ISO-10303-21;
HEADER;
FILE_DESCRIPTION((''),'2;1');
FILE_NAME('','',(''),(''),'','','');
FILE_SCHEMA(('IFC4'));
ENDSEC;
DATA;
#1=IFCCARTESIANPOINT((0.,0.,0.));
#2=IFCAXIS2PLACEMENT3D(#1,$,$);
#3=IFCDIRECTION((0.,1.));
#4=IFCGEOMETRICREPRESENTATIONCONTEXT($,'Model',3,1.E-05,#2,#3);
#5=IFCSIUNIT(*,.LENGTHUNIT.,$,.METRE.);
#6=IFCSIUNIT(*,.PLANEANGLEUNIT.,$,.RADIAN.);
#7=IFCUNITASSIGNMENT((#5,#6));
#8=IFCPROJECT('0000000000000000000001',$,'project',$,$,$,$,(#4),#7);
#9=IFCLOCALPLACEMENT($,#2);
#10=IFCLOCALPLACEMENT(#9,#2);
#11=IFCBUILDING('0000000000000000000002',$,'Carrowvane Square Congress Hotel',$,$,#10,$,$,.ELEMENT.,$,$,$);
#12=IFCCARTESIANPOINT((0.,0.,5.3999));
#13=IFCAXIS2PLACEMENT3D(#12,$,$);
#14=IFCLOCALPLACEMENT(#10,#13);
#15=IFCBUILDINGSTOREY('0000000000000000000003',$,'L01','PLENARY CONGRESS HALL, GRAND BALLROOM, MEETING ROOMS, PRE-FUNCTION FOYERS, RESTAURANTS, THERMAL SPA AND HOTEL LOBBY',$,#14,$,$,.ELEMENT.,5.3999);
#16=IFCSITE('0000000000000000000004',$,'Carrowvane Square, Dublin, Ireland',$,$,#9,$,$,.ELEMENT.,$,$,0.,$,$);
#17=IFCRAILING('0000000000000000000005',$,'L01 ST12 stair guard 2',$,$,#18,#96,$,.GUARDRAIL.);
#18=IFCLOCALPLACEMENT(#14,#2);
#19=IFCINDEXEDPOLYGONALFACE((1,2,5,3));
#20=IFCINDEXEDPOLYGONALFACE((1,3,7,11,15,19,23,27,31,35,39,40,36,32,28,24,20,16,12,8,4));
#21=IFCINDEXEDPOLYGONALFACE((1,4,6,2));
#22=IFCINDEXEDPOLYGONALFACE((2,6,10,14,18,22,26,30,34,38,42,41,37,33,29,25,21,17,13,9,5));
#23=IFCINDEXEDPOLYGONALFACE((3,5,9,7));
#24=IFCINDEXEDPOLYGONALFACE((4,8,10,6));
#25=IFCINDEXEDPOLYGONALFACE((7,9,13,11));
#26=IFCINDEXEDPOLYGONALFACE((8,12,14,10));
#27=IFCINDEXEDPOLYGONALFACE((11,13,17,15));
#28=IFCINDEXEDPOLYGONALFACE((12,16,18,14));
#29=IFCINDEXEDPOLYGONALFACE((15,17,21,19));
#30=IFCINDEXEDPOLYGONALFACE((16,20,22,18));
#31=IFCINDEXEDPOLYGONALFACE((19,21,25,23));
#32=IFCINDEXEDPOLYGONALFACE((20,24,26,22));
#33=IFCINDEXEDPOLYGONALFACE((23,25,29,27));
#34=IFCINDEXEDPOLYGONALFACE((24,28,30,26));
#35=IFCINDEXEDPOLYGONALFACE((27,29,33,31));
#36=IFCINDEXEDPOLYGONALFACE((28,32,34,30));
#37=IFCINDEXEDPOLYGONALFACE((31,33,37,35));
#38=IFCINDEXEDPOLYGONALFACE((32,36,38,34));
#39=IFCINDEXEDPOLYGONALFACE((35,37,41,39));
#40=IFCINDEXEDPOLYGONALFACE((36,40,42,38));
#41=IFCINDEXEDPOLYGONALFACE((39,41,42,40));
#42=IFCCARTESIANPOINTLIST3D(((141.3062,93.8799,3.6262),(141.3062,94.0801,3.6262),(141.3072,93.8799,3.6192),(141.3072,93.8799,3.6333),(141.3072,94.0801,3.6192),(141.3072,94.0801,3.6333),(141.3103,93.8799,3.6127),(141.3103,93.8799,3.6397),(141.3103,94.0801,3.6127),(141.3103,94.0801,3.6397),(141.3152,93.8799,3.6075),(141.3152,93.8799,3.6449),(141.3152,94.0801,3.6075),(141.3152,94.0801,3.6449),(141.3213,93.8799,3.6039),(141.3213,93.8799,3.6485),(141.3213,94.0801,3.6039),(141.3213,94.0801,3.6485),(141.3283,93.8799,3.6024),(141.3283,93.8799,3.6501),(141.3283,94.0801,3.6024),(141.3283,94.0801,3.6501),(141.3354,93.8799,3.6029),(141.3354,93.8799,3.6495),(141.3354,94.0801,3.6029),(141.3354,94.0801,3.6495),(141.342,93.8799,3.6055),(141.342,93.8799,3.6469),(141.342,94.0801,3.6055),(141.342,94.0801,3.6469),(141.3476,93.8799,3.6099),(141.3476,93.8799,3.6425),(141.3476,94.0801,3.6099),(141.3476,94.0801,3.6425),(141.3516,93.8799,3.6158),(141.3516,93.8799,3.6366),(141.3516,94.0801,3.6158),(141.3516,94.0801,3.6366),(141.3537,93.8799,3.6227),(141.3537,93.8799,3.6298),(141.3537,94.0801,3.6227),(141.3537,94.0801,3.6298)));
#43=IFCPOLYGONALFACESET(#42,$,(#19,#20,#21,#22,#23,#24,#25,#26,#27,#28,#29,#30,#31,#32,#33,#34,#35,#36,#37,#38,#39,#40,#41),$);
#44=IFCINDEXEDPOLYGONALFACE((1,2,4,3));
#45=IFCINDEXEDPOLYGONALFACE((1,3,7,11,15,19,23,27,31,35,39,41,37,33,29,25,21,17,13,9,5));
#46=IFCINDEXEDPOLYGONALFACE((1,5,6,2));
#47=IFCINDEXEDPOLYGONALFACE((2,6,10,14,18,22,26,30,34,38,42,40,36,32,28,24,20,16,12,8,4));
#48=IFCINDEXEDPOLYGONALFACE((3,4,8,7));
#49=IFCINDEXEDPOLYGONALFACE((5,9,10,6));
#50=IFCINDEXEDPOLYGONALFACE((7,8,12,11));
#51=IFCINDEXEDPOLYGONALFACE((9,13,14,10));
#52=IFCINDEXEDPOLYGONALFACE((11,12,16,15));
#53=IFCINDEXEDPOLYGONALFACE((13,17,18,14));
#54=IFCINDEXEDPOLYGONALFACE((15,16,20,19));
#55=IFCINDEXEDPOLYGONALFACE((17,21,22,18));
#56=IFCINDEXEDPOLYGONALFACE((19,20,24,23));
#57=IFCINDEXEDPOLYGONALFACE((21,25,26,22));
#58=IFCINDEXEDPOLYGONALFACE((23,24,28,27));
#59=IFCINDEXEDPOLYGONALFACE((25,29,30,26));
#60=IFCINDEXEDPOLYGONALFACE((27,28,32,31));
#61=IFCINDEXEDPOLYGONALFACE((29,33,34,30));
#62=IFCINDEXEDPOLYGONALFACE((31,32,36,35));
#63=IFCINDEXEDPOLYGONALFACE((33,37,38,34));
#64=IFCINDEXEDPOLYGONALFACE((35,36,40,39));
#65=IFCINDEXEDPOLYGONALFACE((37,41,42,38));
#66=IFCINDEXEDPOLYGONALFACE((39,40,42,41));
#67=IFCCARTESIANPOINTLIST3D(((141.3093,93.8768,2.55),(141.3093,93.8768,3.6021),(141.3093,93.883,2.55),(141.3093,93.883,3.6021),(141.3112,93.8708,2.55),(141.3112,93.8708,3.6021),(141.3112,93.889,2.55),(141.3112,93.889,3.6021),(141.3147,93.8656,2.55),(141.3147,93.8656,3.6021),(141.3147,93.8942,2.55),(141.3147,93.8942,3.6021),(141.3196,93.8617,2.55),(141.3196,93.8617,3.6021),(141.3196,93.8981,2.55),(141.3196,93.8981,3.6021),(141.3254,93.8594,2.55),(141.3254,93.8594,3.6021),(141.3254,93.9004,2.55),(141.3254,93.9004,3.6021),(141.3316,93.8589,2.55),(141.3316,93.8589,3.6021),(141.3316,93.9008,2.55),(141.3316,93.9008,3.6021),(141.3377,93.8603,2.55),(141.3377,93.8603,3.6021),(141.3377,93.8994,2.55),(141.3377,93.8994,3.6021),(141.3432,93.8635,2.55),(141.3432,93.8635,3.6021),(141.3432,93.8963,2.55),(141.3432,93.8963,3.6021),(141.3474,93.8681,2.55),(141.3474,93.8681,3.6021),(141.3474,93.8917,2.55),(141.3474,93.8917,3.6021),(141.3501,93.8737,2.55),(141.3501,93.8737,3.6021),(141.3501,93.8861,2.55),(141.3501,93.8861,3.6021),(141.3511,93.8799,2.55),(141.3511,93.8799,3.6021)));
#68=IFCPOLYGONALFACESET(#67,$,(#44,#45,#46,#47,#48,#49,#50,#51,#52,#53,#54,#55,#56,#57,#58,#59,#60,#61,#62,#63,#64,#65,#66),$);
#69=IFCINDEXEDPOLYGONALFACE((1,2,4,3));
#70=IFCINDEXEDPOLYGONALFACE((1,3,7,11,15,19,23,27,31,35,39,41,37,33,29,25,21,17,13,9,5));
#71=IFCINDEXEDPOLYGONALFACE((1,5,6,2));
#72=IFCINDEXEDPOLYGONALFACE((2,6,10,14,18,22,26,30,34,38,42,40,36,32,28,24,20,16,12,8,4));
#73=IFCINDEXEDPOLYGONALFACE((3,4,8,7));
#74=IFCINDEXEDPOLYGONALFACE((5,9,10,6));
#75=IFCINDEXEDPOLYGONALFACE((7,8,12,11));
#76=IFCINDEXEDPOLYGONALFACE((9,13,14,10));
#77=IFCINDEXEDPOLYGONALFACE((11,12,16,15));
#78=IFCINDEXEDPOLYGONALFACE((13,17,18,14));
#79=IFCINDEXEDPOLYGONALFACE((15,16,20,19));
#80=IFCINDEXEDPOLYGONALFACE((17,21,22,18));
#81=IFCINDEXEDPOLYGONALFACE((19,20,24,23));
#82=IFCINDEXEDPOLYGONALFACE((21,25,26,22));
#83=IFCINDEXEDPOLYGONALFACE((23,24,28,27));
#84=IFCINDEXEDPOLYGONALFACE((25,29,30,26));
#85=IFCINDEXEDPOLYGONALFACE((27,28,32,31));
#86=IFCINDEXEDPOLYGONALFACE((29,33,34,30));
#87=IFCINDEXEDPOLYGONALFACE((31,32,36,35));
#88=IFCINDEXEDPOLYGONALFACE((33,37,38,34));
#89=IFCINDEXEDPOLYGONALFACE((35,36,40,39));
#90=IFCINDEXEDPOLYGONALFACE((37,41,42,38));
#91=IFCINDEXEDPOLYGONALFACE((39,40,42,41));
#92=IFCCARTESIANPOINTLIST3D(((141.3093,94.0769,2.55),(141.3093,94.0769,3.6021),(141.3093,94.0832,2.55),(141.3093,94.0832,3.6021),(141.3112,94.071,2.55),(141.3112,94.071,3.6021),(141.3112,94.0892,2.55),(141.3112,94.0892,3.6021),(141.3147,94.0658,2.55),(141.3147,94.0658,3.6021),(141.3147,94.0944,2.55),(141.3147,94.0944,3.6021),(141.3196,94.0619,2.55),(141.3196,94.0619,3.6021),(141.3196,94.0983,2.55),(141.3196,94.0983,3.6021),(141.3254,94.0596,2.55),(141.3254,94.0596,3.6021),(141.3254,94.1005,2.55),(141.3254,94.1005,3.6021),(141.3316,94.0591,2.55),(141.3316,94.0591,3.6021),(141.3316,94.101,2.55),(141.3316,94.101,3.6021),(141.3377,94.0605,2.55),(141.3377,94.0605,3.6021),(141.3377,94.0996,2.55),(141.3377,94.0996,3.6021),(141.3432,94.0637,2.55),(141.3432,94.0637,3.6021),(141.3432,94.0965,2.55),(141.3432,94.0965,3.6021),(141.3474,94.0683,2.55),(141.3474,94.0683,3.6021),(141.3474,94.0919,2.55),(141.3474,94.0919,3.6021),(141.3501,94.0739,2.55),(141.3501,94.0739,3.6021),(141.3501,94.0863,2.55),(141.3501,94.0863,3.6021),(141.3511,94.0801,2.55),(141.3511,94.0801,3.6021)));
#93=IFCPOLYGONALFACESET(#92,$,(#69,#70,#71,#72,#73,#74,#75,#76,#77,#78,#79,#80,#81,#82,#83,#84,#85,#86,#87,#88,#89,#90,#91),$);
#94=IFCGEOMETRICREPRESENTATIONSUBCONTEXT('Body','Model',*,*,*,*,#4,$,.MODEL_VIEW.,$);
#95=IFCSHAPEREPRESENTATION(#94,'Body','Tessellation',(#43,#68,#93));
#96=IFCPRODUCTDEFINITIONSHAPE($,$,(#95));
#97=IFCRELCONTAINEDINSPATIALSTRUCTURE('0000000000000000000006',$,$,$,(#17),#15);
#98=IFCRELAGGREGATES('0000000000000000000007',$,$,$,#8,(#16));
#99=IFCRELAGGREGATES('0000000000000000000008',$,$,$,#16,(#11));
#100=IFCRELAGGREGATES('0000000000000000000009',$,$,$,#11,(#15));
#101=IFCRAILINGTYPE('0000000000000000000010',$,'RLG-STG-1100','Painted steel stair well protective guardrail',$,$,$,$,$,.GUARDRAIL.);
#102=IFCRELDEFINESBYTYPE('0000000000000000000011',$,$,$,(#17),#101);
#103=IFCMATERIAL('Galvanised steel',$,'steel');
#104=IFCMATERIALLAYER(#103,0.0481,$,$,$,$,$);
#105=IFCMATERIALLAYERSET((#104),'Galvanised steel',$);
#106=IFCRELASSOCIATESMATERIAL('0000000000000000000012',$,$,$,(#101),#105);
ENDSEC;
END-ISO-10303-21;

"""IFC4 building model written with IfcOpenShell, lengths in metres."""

from ifc_helpers import new_model, si_unit, direction, frame, origin, origin_2d, place, context, subcontext, project, spatial, circle, extrude, material, layer, layer_set, type_object, element, save


model = new_model("IFC4")

# Units and contexts
model_context = context("Model", 3, precision=1e-05, world=origin(), true_north=direction((0.0, 1.0)))
body_context = subcontext(model_context, "Body", "Model", "MODEL_VIEW")
ifc_project = project(units=[si_unit("LENGTHUNIT", "METRE"), si_unit("PLANEANGLEUNIT", "RADIAN")], contexts=[model_context])

# Site, building, storey
site_placement = place(None, origin())
site = spatial("IfcSite", under=ifc_project, at=site_placement, Name="Carrowvane Square, Dublin, Ireland", CompositionType="ELEMENT", RefElevation=0.0)
building_placement = place(site_placement, origin())
building = spatial("IfcBuilding", under=site, at=building_placement, Name="Carrowvane Square Congress Hotel", CompositionType="ELEMENT")
storey_placement = place(building_placement, frame((0.0, 0.0, 5.3999)))
storey = spatial("IfcBuildingStorey", under=building, at=storey_placement, Name="L01", Description="PLENARY CONGRESS HALL, GRAND BALLROOM, MEETING ROOMS, PRE-FUNCTION FOYERS, RESTAURANTS, THERMAL SPA AND HOTEL LOBBY", CompositionType="ELEMENT", Elevation=5.3999)

# Railing
ifc_material_1 = material(Name="Galvanised steel", Category="steel")
ifc_layer_1 = layer(ifc_material_1, 0.0481)
ifc_layer_set_1 = layer_set([ifc_layer_1], Name="Galvanised steel")
railing_type_1 = type_object("IfcRailingType", Name="RLG-STG-1100", Description="Painted steel stair well protective guardrail", PredefinedType="GUARDRAIL", material=ifc_layer_set_1)
railing_1_placement = place(storey_placement, frame((141.3301, 93.8799, 2.55)))
element("IfcRailing", 1, at=railing_1_placement, inside=storey, type_object=railing_type_1, Name="L01 ST12 stair guard 2", PredefinedType="GUARDRAIL", context=body_context, shape_type="SweptSolid", body=[
    extrude(circle(Radius=0.0239, at=origin_2d()), frame((0.0, 0.0, 1.0762), z_axis=(0.0, 1.0, 0.0), x_axis=(-1.0, 0.0, 0.0)), (0.0, 0.0, 1.0), 0.2002),
    extrude(circle(Radius=0.021, at=origin_2d()), origin(), (0.0, 0.0, 1.0), 1.052),
    extrude(circle(Radius=0.021, at=origin_2d()), frame((0.0, 0.2002, 0.0)), (0.0, 0.0, 1.0), 1.052),
])

save(model, "model.ifc")
